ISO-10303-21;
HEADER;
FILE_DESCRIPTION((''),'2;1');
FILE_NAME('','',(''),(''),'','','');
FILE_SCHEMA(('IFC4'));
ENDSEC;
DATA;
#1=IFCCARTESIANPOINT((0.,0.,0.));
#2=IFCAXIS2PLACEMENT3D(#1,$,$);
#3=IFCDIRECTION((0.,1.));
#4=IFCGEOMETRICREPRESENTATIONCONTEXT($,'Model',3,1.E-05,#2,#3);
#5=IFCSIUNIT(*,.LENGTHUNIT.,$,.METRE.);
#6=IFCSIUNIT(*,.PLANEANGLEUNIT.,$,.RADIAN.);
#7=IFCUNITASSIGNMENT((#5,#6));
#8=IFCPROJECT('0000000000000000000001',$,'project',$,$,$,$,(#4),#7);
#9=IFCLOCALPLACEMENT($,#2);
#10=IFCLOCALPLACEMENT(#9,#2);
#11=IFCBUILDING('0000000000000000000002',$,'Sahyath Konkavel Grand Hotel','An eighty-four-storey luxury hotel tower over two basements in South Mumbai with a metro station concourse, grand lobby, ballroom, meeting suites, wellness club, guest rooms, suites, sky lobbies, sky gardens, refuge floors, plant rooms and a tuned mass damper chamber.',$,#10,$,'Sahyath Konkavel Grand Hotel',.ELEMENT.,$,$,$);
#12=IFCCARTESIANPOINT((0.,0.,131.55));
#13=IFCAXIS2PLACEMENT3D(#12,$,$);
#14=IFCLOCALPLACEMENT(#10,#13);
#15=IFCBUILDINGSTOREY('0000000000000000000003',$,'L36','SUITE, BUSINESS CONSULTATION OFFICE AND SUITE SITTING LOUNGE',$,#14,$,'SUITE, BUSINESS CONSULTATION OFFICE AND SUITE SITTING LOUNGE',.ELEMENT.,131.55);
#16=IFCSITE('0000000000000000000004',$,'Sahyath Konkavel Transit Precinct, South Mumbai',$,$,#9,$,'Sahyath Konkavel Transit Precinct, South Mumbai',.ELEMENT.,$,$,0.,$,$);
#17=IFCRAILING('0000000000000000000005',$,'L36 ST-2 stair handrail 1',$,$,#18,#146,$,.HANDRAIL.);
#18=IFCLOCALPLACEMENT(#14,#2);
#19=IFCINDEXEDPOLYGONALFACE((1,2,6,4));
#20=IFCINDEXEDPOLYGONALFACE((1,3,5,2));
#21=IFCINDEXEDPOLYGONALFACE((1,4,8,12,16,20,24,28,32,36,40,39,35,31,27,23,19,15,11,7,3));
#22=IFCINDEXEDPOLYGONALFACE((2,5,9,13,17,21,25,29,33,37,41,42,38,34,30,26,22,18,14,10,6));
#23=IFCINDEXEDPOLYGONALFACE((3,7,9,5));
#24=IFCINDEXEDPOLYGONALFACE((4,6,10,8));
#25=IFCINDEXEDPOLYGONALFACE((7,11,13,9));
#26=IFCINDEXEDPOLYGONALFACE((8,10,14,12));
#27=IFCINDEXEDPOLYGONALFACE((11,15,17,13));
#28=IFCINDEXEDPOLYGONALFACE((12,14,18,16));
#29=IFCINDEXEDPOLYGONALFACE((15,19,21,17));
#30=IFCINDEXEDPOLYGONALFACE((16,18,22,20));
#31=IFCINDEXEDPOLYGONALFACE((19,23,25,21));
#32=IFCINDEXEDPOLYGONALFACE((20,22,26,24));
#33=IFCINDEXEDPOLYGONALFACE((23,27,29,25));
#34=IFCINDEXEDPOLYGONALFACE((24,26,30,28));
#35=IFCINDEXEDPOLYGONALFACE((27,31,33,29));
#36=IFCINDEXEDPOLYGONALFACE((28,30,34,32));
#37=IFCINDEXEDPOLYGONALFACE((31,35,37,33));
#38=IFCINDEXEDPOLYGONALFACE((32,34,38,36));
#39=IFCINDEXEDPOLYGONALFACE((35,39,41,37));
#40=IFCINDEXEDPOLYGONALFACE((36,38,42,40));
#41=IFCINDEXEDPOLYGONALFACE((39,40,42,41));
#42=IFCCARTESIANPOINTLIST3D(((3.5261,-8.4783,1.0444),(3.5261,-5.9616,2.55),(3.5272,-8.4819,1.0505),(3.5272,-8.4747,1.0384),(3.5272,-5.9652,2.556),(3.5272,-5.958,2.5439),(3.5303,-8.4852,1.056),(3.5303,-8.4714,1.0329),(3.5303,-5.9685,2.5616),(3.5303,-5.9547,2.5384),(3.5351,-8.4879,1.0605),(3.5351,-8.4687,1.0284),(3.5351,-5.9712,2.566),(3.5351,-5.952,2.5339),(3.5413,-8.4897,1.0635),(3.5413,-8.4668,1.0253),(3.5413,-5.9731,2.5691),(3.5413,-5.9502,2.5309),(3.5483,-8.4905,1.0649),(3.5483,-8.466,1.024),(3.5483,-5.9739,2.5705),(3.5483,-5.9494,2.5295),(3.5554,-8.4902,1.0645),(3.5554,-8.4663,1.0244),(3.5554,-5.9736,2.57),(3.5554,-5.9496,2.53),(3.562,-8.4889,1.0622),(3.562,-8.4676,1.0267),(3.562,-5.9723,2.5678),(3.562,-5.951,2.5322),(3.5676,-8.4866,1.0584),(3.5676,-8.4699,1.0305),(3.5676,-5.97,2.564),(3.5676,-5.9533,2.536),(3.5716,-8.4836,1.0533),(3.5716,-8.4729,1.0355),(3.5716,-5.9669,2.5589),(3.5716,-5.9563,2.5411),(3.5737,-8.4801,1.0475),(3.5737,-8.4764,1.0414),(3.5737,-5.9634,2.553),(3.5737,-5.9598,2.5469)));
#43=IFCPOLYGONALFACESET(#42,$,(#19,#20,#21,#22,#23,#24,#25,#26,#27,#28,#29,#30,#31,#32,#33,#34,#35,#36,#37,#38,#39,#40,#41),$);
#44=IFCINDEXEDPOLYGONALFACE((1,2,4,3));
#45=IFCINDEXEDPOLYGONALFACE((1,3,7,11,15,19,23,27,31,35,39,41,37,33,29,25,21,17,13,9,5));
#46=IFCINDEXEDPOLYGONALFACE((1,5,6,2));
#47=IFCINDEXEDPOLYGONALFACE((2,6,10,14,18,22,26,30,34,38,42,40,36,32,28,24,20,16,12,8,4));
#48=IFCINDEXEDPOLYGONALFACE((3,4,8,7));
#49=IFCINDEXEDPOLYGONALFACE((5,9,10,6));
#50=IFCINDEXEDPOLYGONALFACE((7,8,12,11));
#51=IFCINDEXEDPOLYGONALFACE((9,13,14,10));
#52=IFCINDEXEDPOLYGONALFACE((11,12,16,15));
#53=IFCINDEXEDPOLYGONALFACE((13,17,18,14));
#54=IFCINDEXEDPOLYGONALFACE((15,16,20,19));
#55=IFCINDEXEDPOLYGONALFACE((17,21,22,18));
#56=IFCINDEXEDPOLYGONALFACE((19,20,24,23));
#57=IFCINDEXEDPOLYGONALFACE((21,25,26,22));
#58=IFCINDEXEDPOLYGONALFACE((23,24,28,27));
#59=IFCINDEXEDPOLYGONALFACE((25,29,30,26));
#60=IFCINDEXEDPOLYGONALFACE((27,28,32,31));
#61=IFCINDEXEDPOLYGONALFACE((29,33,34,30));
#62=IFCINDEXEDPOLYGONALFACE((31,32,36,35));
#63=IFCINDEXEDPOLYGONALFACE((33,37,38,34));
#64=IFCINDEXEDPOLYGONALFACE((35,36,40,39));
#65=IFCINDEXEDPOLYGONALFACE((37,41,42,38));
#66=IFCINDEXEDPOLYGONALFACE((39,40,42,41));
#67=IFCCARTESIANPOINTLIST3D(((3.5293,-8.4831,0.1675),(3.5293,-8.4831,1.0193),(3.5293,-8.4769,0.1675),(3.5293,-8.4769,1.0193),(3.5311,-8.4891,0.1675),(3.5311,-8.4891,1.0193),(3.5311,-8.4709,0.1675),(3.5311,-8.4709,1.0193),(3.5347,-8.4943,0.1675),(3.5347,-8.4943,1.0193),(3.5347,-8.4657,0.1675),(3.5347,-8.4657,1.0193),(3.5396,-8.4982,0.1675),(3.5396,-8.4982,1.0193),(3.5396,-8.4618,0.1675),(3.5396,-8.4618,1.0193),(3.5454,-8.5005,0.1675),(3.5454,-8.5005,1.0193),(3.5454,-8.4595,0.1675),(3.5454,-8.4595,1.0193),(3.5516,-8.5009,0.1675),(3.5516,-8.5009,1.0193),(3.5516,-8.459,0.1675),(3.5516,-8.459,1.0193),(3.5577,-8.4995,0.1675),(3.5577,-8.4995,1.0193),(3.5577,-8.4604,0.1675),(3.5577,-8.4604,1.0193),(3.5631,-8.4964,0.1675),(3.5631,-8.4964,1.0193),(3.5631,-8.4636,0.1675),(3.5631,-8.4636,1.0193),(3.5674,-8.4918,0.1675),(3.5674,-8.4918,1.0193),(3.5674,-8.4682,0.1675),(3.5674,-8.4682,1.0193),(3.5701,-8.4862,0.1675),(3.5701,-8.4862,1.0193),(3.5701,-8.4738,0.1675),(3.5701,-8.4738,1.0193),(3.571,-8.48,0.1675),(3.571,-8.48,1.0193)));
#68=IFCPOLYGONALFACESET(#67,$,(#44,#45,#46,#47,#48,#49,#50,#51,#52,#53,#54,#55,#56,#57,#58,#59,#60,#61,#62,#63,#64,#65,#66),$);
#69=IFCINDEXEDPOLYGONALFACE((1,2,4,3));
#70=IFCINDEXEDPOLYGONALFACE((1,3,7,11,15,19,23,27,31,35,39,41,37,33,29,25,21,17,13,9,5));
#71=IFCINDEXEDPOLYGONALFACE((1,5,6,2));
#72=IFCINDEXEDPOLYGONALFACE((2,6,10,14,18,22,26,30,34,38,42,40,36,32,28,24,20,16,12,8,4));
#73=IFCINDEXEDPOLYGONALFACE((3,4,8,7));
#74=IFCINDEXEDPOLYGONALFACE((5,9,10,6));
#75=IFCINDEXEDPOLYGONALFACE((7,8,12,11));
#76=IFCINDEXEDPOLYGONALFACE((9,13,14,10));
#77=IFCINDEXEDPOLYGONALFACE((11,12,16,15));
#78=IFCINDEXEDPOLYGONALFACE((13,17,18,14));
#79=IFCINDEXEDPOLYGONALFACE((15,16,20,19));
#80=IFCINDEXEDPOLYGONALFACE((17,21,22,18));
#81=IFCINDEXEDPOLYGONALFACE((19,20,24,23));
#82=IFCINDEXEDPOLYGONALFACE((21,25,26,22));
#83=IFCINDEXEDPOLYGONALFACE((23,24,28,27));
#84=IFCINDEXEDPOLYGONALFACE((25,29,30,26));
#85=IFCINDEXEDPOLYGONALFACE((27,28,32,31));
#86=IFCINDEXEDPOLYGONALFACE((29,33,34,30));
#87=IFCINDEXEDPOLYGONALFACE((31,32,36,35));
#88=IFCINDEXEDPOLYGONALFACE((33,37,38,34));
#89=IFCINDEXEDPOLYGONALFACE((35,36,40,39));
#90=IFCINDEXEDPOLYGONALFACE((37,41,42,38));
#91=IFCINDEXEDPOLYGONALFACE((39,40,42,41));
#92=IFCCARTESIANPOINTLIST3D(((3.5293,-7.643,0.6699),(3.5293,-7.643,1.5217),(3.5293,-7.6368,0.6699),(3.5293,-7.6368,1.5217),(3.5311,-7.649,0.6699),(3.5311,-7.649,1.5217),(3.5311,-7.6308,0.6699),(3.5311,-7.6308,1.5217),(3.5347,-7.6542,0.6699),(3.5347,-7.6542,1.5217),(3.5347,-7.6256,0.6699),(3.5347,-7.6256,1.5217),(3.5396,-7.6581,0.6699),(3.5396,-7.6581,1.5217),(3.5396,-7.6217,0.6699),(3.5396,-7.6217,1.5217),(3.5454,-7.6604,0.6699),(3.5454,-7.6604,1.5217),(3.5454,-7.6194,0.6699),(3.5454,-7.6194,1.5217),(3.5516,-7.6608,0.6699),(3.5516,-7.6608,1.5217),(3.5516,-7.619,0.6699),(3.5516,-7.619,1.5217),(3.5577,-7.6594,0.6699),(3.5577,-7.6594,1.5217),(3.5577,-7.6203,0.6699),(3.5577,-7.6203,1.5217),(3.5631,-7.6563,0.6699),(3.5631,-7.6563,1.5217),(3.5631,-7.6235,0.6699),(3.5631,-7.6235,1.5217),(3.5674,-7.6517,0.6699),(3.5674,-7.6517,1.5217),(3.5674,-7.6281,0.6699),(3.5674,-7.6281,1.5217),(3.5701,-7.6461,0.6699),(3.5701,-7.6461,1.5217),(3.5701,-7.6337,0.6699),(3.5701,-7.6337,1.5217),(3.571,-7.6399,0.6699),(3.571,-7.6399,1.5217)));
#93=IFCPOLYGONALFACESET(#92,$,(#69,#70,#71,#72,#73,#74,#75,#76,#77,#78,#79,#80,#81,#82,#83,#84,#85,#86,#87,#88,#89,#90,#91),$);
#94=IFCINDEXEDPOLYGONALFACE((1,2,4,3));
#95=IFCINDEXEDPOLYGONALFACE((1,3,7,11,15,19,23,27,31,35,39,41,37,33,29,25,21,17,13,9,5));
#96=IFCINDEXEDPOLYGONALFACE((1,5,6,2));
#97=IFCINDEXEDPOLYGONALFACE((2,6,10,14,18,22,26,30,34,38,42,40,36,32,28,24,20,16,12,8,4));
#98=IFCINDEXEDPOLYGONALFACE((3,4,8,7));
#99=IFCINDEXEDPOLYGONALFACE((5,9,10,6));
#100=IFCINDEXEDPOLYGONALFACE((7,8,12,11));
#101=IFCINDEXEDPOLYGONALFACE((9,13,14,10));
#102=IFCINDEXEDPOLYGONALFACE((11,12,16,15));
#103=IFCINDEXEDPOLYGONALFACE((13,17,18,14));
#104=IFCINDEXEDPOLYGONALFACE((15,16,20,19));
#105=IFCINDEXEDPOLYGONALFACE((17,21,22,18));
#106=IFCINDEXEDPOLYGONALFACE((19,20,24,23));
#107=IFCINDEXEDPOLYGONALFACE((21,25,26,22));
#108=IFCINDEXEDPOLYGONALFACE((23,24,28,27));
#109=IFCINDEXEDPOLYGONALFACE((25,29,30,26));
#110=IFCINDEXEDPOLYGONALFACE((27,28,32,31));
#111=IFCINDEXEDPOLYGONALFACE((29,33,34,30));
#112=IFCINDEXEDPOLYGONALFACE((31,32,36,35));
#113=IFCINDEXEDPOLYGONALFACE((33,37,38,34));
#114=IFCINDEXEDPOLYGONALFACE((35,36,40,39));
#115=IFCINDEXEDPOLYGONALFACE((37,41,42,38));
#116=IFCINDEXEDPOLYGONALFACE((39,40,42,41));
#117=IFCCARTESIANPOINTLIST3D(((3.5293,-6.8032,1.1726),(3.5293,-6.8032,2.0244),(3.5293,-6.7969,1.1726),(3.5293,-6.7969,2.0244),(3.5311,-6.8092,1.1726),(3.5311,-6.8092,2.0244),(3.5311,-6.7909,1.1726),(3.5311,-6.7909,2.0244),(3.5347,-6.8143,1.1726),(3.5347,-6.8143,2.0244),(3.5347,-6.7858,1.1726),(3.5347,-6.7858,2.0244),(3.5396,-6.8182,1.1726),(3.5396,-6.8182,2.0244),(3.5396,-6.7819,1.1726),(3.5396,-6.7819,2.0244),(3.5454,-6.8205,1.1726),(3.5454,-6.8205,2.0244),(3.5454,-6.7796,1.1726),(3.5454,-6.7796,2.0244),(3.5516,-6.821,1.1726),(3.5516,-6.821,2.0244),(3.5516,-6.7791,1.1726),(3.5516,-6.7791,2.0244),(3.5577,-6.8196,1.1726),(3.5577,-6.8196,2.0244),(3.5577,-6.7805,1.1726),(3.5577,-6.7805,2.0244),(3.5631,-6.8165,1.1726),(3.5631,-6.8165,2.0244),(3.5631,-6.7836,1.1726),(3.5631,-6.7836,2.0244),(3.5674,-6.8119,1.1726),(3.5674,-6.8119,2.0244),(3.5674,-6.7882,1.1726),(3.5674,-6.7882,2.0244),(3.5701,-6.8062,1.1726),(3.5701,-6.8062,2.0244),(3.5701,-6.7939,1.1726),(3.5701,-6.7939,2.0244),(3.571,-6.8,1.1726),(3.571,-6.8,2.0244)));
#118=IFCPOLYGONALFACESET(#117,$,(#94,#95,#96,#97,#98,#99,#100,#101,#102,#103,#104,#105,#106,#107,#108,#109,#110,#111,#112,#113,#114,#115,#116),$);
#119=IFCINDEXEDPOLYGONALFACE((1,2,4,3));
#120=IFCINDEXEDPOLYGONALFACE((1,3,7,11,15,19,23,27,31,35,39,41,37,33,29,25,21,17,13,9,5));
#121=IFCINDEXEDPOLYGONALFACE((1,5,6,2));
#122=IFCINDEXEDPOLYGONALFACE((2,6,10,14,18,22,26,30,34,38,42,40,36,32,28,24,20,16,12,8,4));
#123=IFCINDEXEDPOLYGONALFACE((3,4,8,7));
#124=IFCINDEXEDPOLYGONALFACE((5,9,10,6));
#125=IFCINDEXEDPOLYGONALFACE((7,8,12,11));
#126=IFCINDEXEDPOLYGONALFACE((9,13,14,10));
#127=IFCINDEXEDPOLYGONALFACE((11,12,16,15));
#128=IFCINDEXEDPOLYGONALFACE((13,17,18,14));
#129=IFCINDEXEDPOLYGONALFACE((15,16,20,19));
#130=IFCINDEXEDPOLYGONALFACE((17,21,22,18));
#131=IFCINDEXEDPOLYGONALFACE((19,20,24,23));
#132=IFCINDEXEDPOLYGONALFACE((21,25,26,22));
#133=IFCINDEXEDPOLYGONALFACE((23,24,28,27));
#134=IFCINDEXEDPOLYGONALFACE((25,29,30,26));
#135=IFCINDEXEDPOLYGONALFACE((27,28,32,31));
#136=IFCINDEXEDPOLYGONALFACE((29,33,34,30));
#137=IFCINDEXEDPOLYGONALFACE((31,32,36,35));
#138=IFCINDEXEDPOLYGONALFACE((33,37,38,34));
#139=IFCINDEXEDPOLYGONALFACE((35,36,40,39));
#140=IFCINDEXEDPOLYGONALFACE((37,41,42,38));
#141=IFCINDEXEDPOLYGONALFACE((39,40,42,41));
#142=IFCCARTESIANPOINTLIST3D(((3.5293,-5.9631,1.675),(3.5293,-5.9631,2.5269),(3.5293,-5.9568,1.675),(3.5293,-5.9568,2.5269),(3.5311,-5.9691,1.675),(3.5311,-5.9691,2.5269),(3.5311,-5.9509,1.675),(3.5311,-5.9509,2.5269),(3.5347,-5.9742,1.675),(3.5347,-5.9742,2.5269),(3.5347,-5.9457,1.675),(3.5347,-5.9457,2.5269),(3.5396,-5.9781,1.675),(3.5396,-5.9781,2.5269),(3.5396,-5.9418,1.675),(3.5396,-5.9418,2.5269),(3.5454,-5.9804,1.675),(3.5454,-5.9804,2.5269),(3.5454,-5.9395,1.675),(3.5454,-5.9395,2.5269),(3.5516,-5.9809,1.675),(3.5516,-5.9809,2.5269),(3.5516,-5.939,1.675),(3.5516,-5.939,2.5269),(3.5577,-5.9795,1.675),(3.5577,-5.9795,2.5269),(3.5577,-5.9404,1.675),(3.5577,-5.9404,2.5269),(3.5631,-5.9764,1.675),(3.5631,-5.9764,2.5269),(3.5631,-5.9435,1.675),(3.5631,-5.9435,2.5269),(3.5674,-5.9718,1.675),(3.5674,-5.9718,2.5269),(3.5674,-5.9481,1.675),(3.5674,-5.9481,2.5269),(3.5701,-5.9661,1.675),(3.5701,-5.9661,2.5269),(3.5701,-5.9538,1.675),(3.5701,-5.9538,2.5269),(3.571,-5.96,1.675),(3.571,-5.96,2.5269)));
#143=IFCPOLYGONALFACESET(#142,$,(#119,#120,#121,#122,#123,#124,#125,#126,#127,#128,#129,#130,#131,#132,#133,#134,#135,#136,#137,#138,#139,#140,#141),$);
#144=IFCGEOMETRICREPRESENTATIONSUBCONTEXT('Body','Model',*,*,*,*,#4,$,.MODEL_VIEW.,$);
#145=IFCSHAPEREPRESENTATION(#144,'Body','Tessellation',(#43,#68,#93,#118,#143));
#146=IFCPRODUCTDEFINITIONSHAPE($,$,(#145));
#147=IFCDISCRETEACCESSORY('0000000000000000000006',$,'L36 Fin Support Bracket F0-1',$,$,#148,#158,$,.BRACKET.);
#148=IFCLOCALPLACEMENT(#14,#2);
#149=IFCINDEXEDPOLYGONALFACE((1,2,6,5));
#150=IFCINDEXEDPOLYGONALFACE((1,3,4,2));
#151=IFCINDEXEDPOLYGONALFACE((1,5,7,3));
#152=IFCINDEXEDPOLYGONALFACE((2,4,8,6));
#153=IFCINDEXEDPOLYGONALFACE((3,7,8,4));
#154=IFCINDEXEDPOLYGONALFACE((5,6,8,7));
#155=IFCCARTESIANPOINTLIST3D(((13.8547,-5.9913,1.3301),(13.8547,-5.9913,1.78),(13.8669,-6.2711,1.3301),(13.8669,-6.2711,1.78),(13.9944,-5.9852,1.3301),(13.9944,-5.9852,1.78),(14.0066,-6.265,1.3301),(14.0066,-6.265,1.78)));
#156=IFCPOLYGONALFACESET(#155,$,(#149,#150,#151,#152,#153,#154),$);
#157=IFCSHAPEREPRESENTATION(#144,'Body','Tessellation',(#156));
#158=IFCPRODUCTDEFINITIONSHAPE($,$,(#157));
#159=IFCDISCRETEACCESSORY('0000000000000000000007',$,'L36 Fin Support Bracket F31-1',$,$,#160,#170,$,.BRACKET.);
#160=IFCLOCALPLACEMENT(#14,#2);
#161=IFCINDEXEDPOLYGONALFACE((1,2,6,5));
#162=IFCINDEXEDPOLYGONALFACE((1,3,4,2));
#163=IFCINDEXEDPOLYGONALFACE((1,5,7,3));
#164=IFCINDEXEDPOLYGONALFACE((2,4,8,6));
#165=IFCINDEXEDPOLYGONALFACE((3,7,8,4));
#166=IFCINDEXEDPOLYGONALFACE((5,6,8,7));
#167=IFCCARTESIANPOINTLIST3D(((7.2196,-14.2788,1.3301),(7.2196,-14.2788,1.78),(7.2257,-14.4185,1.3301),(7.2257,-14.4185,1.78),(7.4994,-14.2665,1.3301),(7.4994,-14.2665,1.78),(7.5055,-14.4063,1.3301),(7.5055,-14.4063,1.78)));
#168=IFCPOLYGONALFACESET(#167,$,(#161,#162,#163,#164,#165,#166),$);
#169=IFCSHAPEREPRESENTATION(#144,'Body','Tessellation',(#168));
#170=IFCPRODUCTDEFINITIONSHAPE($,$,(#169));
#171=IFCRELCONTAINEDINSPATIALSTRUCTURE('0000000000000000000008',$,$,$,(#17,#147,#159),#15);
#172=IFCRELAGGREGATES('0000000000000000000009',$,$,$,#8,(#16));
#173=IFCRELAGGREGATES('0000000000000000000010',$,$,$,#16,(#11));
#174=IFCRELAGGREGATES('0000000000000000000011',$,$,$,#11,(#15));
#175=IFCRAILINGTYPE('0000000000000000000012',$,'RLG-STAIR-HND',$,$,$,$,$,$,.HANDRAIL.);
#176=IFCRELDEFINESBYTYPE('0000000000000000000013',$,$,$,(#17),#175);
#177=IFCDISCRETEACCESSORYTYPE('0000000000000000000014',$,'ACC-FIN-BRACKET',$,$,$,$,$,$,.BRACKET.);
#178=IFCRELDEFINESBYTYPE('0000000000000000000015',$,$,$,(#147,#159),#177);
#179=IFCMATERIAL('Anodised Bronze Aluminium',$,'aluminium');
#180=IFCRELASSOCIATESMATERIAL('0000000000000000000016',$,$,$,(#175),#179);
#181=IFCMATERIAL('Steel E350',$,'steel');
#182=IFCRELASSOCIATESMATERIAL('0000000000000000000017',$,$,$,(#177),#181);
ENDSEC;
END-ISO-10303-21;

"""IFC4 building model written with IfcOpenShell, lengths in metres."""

from ifc_helpers import new_model, si_unit, direction, frame, origin, origin_2d, place, context, subcontext, project, spatial, rectangle, circle, extrude, source, transform, mapped, material, type_object, element, save


model = new_model("IFC4")

# Units and contexts
model_context = context("Model", 3, precision=1e-05, world=origin(), true_north=direction((0.0, 1.0)))
body_context = subcontext(model_context, "Body", "Model", "MODEL_VIEW")
ifc_project = project(units=[si_unit("LENGTHUNIT", "METRE"), si_unit("PLANEANGLEUNIT", "RADIAN")], contexts=[model_context])

# Site, building, storey
site_placement = place(None, origin())
site = spatial("IfcSite", under=ifc_project, at=site_placement, Name="Sahyath Konkavel Transit Precinct, South Mumbai", LongName="Sahyath Konkavel Transit Precinct, South Mumbai", CompositionType="ELEMENT", RefElevation=0.0)
building_placement = place(site_placement, origin())
building = spatial("IfcBuilding", under=site, at=building_placement, Name="Sahyath Konkavel Grand Hotel", Description="An eighty-four-storey luxury hotel tower over two basements in South Mumbai with a metro station concourse, grand lobby, ballroom, meeting suites, wellness club, guest rooms, suites, sky lobbies, sky gardens, refuge floors, plant rooms and a tuned mass damper chamber.", LongName="Sahyath Konkavel Grand Hotel", CompositionType="ELEMENT")
storey_placement = place(building_placement, frame((0.0, 0.0, 131.55)))
storey = spatial("IfcBuildingStorey", under=building, at=storey_placement, Name="L36", Description="SUITE, BUSINESS CONSULTATION OFFICE AND SUITE SITTING LOUNGE", LongName="SUITE, BUSINESS CONSULTATION OFFICE AND SUITE SITTING LOUNGE", CompositionType="ELEMENT", Elevation=131.55)

# Shared definitions
ifc_material_1 = material(Name="Steel E350", Category="steel")

# Shared definitions
ifc_material_2 = material(Name="Anodised Bronze Aluminium", Category="aluminium")

# Railing
railing_type_1 = type_object("IfcRailingType", Name="RLG-STAIR-HND", PredefinedType="HANDRAIL", material=ifc_material_2)
railing_1_placement = place(storey_placement, frame((3.55, -8.48, 0.1675)))
element("IfcRailing", 1, at=railing_1_placement, inside=storey, type_object=railing_type_1, Name="L36 ST-2 stair handrail 1", PredefinedType="HANDRAIL", context=body_context, shape_type="SweptSolid", body=[
    extrude(circle(Radius=0.0239, at=origin_2d()), frame((0.0, 0.0017, 0.877), z_axis=(0.0, 0.85816, 0.513383), x_axis=(-1.0, 0.0, 0.0)), (0.0, 0.0, 1.0), 2.9326),
    extrude(circle(Radius=0.021, at=origin_2d()), origin(), (0.0, 0.0, 1.0), 0.8518),
    extrude(circle(Radius=0.021, at=origin_2d()), frame((0.0, 0.8401, 0.5024)), (0.0, 0.0, 1.0), 0.8518),
    extrude(circle(Radius=0.021, at=origin_2d()), frame((0.0, 1.6799, 1.0051)), (0.0, 0.0, 1.0), 0.8518),
    extrude(circle(Radius=0.021, at=origin_2d()), frame((0.0, 2.52, 1.5076)), (0.0, 0.0, 1.0), 0.8518),
])

# Discrete accessories
discrete_accessory_type = type_object("IfcDiscreteAccessoryType", Name="ACC-FIN-BRACKET", PredefinedType="BRACKET", material=ifc_material_1)
shared_shape_1 = source(origin(), body_context, "Body", "SweptSolid", [
    extrude(rectangle(XDim=0.28, YDim=0.1399, at=origin_2d()), origin(), (0.0, 0.0, 1.0), 0.45),
])
for number, where, z_axis, x_axis, name in (
    (2, (13.9307, -6.1282, 1.3301), (0.0, 0.0, 1.0), (0.043602, -0.999049, 0.0), "L36 Fin Support Bracket F0-1"),
    (3, (7.3625, -14.3425, 1.3301), (0.0, 0.0, 1.0), (0.999048, 0.043619, 0.0), "L36 Fin Support Bracket F31-1"),
):
    element("IfcDiscreteAccessory", number, at=place(storey_placement, frame(where, z_axis=z_axis, x_axis=x_axis)), inside=storey, type_object=discrete_accessory_type, Name=name, PredefinedType="BRACKET", context=body_context, shape_type="MappedRepresentation", body=[
        mapped(shared_shape_1, transform((0.0, 0.0, 0.0), scale=1.0)),
    ])

save(model, "model.ifc")
